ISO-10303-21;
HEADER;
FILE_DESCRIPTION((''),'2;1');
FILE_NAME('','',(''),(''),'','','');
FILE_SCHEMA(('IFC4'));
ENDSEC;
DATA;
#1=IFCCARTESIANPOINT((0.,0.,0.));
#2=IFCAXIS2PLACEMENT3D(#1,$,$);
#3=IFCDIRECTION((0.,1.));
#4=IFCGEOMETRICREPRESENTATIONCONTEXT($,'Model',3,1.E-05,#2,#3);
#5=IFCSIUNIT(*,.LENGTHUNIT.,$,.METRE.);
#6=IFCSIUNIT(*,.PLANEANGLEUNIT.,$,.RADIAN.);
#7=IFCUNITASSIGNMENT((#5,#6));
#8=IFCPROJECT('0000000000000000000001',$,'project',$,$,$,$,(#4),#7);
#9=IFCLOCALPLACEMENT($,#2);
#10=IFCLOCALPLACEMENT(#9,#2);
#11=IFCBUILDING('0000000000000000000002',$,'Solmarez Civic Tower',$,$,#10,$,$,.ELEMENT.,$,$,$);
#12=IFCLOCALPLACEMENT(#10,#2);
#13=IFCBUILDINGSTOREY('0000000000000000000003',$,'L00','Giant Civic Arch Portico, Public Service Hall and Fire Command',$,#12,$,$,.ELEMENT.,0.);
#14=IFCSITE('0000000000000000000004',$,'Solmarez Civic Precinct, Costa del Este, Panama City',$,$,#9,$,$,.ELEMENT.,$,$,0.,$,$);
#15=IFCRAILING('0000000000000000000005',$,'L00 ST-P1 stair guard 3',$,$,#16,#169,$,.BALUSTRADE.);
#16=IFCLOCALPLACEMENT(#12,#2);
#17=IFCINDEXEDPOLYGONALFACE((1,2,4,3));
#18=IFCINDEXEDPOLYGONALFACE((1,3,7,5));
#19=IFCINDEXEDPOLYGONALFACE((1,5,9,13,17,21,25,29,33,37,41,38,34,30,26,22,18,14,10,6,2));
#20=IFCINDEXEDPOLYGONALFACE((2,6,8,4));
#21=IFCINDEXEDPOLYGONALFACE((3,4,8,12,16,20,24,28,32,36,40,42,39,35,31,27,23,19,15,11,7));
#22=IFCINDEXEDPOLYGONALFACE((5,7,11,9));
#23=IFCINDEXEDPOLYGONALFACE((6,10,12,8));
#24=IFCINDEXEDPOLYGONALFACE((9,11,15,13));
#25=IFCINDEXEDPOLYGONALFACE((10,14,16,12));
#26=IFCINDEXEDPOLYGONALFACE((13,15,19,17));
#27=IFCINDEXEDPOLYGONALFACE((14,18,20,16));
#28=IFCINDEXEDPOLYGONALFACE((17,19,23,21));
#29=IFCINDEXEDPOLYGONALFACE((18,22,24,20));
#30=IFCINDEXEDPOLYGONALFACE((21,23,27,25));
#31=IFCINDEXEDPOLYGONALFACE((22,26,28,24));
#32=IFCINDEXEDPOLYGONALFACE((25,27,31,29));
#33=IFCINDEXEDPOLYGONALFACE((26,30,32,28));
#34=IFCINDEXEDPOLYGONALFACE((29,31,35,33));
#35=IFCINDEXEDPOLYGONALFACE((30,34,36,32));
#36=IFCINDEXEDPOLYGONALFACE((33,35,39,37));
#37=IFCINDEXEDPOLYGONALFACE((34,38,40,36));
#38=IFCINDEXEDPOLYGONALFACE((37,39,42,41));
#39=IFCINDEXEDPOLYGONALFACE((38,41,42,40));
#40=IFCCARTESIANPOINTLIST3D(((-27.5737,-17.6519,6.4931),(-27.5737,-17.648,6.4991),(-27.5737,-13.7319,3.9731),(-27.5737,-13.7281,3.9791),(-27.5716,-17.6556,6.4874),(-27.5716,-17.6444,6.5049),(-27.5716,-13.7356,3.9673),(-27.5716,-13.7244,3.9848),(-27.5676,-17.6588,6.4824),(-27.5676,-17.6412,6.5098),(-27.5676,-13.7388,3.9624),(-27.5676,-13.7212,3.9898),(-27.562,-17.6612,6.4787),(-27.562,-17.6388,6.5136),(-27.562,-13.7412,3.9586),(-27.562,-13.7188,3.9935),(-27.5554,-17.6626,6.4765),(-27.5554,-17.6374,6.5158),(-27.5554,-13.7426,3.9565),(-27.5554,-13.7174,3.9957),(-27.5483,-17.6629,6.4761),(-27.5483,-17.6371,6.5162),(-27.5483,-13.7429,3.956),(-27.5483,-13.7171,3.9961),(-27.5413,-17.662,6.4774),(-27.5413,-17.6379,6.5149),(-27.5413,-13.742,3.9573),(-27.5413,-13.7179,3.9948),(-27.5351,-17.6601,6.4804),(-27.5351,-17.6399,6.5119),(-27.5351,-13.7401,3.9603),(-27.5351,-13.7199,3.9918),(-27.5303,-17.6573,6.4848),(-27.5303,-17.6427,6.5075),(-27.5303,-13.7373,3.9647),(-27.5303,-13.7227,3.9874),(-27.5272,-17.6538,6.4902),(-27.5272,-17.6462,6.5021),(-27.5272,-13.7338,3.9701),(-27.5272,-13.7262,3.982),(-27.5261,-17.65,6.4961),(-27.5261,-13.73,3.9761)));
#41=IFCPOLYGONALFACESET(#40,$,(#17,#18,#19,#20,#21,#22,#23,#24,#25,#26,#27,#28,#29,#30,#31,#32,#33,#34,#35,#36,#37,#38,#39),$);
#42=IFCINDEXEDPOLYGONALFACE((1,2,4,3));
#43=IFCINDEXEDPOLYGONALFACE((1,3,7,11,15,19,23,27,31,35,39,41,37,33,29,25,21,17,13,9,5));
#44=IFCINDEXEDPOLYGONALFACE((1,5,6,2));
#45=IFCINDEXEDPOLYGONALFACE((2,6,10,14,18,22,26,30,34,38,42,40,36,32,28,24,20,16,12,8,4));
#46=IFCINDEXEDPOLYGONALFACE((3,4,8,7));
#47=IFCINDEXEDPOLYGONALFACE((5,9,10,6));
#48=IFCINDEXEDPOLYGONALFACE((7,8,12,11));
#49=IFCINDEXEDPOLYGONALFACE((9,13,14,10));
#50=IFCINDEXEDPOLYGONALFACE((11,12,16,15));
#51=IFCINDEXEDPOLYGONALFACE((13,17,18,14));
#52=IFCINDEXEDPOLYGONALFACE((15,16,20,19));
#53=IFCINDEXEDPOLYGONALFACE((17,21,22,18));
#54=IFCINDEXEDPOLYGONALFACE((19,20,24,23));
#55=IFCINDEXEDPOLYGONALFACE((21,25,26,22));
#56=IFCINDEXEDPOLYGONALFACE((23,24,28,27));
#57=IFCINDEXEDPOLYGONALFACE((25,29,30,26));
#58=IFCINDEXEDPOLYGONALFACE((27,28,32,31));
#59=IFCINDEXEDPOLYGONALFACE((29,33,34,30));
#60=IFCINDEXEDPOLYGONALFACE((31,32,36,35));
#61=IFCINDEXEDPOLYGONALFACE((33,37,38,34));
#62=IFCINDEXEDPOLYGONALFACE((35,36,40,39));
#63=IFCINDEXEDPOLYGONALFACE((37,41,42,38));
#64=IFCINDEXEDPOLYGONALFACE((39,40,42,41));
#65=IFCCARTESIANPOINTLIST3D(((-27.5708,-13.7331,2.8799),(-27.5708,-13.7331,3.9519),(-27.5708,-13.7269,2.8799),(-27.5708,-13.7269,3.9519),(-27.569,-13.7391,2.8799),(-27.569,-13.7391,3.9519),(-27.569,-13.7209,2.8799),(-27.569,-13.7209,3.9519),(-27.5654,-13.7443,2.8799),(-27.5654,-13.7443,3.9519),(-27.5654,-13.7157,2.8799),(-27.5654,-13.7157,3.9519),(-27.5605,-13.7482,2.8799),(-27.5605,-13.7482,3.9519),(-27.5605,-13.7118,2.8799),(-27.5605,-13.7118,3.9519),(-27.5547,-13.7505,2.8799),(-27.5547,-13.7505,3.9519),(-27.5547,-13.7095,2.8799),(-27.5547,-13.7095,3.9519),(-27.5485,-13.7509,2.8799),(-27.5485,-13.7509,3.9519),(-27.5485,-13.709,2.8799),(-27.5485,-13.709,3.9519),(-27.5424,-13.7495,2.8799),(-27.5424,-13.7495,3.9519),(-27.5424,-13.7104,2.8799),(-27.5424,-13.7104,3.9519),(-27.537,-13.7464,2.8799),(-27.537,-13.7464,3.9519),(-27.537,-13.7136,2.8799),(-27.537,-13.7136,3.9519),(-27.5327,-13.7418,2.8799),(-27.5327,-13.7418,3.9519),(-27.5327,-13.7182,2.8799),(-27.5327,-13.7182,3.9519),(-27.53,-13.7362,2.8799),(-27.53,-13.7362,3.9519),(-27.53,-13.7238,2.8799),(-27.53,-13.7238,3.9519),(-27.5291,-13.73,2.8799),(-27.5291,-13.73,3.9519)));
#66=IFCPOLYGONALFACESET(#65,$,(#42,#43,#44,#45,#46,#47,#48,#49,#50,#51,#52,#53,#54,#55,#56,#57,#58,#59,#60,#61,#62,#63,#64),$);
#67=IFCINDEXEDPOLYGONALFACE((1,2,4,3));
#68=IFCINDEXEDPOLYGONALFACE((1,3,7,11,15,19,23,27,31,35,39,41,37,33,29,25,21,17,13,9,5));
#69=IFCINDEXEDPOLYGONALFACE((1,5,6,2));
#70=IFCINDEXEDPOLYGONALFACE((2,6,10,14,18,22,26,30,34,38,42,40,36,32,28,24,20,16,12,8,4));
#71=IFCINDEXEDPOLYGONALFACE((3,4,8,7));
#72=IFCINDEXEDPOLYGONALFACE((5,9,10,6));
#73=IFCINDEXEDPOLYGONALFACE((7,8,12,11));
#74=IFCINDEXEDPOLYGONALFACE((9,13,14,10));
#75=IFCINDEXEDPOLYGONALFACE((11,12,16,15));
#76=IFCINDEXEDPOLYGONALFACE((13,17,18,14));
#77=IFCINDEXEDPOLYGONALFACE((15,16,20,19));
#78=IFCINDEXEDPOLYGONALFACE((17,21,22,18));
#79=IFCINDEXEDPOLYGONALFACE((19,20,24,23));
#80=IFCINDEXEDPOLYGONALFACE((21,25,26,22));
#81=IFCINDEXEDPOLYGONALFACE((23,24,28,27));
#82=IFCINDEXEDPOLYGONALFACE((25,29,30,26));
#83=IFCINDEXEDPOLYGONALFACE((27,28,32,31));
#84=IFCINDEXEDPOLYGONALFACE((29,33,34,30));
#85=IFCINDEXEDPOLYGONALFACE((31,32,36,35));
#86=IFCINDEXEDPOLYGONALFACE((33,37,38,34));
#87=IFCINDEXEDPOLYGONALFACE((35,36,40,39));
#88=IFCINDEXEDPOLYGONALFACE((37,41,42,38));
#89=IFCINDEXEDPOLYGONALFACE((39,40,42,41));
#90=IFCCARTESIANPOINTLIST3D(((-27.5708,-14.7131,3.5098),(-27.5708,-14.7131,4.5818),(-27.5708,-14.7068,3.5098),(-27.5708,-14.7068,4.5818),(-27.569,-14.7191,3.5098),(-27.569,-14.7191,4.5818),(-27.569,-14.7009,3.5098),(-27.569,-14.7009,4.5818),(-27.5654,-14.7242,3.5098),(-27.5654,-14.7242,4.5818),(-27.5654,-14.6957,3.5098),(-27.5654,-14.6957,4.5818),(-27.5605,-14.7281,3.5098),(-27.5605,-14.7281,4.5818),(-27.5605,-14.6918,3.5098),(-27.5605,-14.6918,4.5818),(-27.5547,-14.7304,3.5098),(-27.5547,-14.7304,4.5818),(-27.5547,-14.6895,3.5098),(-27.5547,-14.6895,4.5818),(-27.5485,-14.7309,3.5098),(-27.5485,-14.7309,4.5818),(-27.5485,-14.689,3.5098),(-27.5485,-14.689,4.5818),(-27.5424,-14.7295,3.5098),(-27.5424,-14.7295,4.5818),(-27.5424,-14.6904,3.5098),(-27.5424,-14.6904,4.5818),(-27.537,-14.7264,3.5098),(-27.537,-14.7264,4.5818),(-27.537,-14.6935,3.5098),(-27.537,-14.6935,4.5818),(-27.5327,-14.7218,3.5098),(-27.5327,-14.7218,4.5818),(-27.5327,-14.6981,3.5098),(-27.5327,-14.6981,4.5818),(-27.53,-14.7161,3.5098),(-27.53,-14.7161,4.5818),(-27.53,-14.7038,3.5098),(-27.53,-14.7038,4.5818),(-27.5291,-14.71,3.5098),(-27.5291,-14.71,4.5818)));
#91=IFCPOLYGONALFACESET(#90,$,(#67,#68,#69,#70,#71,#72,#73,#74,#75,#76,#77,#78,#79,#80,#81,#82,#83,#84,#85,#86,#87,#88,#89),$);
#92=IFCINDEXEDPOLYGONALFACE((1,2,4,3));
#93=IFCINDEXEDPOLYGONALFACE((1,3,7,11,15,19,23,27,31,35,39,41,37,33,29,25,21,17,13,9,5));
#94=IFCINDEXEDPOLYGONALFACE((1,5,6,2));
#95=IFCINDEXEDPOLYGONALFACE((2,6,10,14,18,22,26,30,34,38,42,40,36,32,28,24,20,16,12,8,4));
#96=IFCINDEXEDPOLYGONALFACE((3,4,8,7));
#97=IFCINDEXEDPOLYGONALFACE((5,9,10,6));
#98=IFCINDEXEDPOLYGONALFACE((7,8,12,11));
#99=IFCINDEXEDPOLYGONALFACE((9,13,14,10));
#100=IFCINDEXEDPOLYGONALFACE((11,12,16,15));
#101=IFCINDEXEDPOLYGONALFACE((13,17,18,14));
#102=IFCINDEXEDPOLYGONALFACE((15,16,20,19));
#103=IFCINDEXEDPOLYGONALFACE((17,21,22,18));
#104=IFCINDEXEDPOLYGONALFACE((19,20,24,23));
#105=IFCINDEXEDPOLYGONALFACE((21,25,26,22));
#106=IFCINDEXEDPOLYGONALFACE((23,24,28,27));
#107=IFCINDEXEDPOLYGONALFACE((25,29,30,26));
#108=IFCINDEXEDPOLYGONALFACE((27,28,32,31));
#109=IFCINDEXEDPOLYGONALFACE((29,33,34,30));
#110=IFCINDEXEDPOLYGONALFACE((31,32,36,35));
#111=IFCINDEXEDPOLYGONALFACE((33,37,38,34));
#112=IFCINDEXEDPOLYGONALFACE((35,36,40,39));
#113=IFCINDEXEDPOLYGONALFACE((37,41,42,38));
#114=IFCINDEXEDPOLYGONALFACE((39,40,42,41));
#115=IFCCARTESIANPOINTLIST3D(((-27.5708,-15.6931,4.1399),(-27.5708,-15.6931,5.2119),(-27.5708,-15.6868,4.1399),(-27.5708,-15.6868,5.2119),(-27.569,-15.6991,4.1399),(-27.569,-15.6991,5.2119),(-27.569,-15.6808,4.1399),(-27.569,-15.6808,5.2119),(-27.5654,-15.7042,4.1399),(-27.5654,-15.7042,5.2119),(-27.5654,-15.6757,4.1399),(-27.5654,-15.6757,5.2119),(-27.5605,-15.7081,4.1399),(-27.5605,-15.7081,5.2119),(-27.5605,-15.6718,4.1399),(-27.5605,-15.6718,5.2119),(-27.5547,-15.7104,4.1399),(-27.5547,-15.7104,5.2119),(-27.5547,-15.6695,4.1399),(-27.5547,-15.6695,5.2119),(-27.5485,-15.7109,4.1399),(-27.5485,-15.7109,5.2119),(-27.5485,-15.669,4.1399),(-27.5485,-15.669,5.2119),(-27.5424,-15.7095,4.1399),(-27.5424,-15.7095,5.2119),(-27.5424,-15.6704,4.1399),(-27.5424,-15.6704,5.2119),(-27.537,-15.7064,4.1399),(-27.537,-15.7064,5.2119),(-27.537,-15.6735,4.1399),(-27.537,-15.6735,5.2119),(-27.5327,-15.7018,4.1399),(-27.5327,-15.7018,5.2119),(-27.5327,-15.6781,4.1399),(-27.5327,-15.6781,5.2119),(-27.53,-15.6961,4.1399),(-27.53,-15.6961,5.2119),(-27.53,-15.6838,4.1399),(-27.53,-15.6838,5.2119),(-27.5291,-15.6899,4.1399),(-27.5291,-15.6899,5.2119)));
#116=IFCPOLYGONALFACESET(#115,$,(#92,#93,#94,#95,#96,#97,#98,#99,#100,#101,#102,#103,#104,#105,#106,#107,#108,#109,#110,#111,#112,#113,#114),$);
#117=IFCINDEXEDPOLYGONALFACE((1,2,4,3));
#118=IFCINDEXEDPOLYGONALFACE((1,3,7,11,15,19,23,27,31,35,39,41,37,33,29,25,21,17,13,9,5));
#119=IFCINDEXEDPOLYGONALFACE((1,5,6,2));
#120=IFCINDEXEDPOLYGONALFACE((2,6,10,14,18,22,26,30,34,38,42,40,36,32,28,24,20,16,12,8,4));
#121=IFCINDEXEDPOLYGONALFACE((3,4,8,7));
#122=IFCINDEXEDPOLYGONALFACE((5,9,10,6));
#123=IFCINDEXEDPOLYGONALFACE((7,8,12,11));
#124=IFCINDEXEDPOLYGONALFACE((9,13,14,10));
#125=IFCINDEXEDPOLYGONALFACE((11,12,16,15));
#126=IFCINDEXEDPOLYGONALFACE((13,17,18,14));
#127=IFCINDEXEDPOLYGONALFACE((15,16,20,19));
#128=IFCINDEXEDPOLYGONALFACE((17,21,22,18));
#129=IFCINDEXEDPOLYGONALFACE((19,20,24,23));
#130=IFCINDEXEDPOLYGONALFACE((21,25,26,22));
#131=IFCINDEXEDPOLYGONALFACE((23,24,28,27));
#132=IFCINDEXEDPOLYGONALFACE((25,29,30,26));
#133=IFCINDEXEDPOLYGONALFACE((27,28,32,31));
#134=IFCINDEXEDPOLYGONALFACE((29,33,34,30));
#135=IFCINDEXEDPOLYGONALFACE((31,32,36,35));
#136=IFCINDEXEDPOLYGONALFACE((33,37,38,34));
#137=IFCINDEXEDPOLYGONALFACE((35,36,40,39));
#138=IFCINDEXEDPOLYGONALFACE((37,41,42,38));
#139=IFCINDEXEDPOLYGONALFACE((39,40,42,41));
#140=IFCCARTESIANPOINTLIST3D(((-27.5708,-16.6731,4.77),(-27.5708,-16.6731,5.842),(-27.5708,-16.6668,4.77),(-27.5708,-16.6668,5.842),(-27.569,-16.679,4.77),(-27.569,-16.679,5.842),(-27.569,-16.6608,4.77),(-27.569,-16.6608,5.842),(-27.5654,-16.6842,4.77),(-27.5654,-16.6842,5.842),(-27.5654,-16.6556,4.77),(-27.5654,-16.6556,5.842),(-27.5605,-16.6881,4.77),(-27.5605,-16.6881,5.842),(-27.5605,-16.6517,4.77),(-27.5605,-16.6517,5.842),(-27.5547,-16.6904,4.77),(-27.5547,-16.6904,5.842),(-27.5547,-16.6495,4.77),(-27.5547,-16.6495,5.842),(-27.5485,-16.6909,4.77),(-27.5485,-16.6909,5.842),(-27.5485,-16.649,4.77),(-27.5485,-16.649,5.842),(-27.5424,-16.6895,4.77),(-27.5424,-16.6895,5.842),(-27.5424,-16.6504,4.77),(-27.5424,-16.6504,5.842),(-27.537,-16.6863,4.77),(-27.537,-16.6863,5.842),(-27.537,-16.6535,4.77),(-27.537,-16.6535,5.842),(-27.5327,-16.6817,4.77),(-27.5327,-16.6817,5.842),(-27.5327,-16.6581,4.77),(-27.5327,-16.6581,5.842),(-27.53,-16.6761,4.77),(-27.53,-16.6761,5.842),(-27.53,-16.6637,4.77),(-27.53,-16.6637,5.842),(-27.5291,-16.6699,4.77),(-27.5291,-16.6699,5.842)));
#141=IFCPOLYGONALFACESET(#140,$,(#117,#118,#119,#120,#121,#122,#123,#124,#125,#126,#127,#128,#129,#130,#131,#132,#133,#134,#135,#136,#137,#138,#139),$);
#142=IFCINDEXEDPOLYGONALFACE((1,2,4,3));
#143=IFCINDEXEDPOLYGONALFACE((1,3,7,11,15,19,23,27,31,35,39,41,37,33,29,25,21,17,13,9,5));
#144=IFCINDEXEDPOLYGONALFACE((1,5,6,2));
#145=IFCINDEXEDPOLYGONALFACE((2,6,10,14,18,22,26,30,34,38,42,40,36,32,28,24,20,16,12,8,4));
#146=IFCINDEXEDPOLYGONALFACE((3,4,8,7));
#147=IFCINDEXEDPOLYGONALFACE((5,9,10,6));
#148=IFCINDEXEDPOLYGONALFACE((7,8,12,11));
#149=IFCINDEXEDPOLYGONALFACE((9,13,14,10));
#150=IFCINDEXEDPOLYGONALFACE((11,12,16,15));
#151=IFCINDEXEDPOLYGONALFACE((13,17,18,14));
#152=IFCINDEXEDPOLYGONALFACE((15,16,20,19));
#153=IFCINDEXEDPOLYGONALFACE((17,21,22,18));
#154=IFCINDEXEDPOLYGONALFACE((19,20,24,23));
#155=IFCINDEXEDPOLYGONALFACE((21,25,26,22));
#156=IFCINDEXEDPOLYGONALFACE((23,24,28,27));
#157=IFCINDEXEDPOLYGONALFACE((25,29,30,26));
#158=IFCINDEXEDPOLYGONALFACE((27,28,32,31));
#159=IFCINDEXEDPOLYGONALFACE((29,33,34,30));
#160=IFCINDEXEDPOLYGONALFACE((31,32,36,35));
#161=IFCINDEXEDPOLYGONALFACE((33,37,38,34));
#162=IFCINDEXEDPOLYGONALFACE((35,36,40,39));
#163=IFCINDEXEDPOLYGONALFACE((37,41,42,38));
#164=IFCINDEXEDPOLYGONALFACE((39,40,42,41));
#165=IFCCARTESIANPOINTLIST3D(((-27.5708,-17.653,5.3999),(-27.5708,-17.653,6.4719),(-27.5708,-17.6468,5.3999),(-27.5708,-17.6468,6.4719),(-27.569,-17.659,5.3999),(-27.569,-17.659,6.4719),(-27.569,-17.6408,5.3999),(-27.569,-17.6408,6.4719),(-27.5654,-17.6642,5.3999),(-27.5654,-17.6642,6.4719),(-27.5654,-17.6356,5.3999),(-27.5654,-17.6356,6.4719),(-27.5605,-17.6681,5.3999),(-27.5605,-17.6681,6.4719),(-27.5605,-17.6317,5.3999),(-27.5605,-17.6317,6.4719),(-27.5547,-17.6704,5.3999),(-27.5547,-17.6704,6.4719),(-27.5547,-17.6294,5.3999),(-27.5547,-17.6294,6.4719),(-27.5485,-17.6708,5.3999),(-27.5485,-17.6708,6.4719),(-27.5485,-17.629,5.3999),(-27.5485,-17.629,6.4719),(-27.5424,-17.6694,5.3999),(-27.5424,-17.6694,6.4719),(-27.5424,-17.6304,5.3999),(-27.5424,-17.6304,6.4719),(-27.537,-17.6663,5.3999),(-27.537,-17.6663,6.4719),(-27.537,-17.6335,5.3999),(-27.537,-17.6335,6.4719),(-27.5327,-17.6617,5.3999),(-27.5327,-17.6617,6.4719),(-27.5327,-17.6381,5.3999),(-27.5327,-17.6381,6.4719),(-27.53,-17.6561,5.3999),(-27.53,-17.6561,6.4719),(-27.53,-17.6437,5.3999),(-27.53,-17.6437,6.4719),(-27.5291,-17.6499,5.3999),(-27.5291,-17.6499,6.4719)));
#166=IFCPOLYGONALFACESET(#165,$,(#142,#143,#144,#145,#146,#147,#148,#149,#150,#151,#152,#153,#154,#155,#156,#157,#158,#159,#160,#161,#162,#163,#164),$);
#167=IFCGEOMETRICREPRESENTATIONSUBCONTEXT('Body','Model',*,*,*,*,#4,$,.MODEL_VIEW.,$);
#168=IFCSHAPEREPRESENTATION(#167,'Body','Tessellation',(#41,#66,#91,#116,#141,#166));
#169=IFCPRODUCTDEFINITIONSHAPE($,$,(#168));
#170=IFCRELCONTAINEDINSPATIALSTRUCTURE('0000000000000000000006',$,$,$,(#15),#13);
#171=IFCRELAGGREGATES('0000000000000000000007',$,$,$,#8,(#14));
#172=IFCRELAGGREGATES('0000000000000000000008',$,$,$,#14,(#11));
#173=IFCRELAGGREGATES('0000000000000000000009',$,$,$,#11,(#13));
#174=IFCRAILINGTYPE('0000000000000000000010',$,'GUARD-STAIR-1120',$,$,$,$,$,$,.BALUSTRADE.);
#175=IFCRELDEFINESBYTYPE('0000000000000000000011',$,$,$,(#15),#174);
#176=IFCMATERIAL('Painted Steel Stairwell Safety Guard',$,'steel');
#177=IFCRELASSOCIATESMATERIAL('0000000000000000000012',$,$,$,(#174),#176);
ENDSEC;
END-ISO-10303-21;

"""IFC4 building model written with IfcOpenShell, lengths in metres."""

from ifc_helpers import new_model, si_unit, direction, frame, origin, origin_2d, place, context, subcontext, project, spatial, circle, extrude, material, type_object, element, save


model = new_model("IFC4")

# Units and contexts
model_context = context("Model", 3, precision=1e-05, world=origin(), true_north=direction((0.0, 1.0)))
body_context = subcontext(model_context, "Body", "Model", "MODEL_VIEW")
ifc_project = project(units=[si_unit("LENGTHUNIT", "METRE"), si_unit("PLANEANGLEUNIT", "RADIAN")], contexts=[model_context])

# Site, building, storey
site_placement = place(None, origin())
site = spatial("IfcSite", under=ifc_project, at=site_placement, Name="Solmarez Civic Precinct, Costa del Este, Panama City", CompositionType="ELEMENT", RefElevation=0.0)
building_placement = place(site_placement, origin())
building = spatial("IfcBuilding", under=site, at=building_placement, Name="Solmarez Civic Tower", CompositionType="ELEMENT")
storey_placement = place(building_placement, origin())
storey = spatial("IfcBuildingStorey", under=building, at=storey_placement, Name="L00", Description="Giant Civic Arch Portico, Public Service Hall and Fire Command", CompositionType="ELEMENT", Elevation=0.0)

# Railing
ifc_material_1 = material(Name="Painted Steel Stairwell Safety Guard", Category="steel")
railing_type_1 = type_object("IfcRailingType", Name="GUARD-STAIR-1120", PredefinedType="BALUSTRADE", material=ifc_material_1)
railing_1_placement = place(storey_placement, frame((-27.55, -13.73, 2.8799)))
element("IfcRailing", 1, at=railing_1_placement, inside=storey, type_object=railing_type_1, Name="L00 ST-P1 stair guard 3", PredefinedType="BALUSTRADE", context=body_context, shape_type="SweptSolid", body=[
    extrude(circle(Radius=0.0239, at=origin_2d()), frame((0.0, 0.0, 1.0962), z_axis=(0.0, -0.841172, 0.540768), x_axis=(1.0, 0.0, 0.0)), (0.0, 0.0, 1.0), 4.6602),
    extrude(circle(Radius=0.021, at=origin_2d()), origin(), (0.0, 0.0, 1.0), 1.072),
    extrude(circle(Radius=0.021, at=origin_2d()), frame((0.0, -0.98, 0.6299)), (0.0, 0.0, 1.0), 1.072),
    extrude(circle(Radius=0.021, at=origin_2d()), frame((0.0, -1.96, 1.26)), (0.0, 0.0, 1.0), 1.072),
    extrude(circle(Radius=0.021, at=origin_2d()), frame((0.0, -2.9399, 1.8901)), (0.0, 0.0, 1.0), 1.072),
    extrude(circle(Radius=0.021, at=origin_2d()), frame((0.0, -3.9199, 2.52)), (0.0, 0.0, 1.0), 1.072),
])

save(model, "model.ifc")
